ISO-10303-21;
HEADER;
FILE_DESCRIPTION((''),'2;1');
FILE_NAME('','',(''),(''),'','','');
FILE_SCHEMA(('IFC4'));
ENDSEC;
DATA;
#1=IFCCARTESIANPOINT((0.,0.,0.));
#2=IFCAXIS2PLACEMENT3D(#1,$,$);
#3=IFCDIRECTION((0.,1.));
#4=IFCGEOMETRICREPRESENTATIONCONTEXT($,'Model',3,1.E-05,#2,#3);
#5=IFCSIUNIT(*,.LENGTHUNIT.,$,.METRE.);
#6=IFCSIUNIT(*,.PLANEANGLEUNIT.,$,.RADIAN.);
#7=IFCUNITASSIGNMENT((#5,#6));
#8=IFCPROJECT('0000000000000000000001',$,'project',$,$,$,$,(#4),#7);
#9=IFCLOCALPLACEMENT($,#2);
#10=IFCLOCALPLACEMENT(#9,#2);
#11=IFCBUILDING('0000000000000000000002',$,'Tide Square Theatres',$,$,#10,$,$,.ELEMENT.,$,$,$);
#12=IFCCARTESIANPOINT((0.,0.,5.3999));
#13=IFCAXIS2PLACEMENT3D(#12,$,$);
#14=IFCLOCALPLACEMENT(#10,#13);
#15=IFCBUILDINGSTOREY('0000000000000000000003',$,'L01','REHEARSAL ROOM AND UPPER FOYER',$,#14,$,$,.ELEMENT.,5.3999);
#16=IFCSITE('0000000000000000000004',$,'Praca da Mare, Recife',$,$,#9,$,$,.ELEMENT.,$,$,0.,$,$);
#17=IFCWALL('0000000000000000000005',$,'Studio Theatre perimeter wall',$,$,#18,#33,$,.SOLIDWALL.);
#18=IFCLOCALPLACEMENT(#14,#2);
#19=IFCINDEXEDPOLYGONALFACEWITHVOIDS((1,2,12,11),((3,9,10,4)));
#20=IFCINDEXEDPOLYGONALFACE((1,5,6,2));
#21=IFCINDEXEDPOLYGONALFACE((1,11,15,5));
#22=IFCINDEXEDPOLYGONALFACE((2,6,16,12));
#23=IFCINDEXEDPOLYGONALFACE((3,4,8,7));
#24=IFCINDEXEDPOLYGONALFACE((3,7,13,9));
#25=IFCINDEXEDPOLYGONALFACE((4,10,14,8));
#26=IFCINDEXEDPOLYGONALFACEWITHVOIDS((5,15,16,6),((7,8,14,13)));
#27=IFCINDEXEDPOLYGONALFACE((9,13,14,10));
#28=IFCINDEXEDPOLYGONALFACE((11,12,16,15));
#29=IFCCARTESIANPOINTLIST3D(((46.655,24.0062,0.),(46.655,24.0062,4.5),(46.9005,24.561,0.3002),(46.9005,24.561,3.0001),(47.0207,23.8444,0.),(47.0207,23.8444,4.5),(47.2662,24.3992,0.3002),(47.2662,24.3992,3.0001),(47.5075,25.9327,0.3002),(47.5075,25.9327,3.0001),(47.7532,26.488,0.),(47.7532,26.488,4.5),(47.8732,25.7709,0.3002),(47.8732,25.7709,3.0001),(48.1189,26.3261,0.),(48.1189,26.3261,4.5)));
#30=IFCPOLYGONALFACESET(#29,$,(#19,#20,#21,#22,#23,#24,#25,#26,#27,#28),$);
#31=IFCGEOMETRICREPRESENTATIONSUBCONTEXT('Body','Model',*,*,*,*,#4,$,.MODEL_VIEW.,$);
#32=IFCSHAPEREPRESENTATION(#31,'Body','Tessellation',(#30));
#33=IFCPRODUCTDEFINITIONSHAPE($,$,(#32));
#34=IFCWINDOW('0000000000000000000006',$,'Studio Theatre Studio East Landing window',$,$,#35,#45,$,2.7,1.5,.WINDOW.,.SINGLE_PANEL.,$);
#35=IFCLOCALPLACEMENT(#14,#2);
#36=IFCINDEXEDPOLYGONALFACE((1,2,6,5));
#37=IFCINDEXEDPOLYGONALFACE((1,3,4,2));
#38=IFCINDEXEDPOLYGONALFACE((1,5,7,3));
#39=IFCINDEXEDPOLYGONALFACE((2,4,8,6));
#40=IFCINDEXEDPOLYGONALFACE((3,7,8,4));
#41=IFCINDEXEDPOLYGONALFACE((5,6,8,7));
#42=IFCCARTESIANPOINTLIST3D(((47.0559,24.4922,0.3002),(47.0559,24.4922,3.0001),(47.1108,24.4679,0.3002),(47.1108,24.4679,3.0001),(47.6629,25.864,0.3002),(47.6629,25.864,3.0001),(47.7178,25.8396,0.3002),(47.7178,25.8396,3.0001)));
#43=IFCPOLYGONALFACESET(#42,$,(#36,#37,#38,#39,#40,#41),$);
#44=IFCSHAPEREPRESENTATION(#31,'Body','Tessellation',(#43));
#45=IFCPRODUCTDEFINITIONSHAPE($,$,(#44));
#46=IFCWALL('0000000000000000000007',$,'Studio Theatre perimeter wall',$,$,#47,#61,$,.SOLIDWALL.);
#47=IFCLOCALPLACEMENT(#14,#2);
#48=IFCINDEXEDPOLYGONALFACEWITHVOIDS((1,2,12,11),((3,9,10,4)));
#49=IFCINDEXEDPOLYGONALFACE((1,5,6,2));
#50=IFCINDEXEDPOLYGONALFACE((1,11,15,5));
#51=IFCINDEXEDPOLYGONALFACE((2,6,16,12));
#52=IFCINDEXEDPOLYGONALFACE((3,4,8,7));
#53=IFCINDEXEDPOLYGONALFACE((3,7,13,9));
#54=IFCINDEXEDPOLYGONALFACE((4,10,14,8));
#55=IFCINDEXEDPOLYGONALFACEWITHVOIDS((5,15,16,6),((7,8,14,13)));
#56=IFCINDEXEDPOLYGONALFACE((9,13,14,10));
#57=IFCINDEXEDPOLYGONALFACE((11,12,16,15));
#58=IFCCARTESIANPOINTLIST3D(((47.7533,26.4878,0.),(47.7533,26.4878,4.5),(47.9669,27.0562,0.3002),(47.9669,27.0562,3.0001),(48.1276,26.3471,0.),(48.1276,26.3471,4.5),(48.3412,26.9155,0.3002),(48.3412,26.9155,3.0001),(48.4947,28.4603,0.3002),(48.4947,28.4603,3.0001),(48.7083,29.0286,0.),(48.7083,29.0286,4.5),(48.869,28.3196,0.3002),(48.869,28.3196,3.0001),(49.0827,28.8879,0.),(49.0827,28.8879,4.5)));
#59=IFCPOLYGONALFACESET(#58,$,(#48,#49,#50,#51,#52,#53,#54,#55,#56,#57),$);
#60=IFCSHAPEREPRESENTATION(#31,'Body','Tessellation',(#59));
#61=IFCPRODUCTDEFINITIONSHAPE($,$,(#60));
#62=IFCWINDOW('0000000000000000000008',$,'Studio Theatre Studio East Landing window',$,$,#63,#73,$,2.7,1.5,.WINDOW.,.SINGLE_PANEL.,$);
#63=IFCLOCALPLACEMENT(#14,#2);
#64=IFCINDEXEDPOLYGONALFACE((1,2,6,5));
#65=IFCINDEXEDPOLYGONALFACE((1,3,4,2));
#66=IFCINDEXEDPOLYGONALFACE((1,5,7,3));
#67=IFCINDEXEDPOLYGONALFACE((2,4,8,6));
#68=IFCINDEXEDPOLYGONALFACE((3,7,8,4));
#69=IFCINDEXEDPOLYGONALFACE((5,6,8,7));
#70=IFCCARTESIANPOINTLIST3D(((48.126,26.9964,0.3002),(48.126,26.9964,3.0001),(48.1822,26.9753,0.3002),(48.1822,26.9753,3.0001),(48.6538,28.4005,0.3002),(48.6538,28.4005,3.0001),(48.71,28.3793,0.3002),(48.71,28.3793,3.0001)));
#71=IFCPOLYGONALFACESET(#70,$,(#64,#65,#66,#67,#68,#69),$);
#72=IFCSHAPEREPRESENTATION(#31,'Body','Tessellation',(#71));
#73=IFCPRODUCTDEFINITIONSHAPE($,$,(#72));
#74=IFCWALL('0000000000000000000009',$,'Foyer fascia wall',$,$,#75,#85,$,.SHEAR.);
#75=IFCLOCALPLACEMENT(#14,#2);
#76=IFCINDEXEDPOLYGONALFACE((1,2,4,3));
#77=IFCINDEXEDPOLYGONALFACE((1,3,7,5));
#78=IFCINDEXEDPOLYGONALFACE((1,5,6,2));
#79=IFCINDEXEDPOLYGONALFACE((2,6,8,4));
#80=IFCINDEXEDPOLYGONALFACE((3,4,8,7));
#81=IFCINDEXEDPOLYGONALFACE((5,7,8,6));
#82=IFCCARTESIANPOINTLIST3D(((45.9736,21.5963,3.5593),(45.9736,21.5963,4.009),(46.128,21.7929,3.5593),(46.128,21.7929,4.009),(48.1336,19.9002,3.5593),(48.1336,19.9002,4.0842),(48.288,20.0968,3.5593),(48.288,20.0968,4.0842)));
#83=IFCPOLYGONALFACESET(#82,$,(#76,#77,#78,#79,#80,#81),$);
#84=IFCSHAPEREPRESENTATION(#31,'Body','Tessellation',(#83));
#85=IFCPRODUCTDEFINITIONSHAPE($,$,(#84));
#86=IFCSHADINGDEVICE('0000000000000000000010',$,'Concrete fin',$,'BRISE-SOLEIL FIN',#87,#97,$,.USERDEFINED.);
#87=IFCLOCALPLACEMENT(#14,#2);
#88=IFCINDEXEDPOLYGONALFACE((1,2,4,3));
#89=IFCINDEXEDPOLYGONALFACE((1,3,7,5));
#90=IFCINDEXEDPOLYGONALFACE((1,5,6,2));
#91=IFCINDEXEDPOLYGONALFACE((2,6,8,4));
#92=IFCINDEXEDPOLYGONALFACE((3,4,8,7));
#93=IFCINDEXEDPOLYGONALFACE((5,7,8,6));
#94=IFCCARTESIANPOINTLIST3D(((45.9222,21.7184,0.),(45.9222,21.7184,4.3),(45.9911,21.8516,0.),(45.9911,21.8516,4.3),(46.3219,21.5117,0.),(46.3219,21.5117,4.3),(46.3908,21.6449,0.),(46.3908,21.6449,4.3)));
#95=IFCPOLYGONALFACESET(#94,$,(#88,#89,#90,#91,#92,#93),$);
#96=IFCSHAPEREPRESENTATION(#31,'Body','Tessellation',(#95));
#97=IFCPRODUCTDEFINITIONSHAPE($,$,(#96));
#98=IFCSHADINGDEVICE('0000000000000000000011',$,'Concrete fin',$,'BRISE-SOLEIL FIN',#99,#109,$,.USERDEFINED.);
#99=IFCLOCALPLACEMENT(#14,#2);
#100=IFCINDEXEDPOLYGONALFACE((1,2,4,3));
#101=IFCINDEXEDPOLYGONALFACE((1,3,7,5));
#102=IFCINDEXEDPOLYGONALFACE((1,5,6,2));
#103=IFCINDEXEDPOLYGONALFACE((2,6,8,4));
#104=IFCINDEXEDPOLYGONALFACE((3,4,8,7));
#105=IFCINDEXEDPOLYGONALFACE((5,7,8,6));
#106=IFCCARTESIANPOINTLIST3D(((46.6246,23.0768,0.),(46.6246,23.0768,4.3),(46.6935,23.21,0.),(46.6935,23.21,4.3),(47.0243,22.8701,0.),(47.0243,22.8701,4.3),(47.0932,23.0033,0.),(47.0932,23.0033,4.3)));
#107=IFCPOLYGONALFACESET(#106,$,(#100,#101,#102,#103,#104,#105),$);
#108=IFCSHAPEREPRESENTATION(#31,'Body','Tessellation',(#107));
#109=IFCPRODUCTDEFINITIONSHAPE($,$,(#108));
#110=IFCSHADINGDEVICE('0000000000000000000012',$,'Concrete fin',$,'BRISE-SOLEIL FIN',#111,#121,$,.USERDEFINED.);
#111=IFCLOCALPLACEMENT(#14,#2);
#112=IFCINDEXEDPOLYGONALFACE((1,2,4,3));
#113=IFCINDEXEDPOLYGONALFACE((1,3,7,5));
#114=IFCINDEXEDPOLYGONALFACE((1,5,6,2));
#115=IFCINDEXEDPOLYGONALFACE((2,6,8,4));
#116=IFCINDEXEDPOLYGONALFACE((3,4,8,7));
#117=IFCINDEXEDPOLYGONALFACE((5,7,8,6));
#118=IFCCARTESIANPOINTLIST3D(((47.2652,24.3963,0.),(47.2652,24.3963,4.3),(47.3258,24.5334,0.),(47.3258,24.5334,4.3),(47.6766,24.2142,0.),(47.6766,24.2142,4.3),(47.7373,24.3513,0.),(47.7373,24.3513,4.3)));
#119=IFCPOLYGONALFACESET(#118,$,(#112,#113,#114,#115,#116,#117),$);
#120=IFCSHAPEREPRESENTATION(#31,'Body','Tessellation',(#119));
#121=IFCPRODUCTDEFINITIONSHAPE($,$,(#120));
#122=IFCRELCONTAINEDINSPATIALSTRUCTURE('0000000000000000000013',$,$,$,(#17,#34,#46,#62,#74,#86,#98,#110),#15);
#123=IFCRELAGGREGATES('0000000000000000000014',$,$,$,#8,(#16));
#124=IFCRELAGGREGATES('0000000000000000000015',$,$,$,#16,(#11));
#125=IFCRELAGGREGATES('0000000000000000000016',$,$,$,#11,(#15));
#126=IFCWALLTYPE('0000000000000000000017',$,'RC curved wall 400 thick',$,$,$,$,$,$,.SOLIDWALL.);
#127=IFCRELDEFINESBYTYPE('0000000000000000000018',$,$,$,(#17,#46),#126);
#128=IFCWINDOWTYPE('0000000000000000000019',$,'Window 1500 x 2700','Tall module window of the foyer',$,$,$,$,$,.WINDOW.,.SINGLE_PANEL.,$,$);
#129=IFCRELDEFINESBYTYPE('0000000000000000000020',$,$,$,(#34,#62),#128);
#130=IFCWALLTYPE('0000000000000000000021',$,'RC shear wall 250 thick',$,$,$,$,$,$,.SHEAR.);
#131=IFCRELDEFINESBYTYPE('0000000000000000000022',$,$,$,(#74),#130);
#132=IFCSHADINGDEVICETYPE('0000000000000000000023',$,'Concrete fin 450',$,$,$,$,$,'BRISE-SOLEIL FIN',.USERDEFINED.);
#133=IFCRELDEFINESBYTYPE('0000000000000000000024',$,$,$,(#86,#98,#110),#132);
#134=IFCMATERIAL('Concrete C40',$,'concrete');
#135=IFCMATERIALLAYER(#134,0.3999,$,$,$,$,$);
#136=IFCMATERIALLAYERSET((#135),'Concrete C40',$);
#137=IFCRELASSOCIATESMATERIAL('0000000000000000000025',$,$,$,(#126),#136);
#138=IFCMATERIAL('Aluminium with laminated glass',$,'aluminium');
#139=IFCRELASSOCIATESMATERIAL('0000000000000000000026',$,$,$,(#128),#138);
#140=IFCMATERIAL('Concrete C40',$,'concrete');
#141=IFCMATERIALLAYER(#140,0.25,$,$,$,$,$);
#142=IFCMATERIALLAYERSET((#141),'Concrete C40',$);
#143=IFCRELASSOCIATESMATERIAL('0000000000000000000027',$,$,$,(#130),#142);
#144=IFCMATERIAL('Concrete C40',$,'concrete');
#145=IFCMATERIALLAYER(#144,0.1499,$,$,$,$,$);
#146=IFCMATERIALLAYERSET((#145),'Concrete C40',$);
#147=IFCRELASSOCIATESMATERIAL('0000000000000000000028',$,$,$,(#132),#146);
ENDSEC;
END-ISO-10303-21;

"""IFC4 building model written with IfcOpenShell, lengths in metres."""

from ifc_helpers import new_model, si_unit, direction, frame, frame_2d, origin, origin_2d, place, context, subcontext, project, spatial, polyline, rectangle, outline, extrude, material, layer, layer_set, type_object, element, fill, save


model = new_model("IFC4")

# Units and contexts
model_context = context("Model", 3, precision=1e-05, world=origin(), true_north=direction((0.0, 1.0)))
body_context = subcontext(model_context, "Body", "Model", "MODEL_VIEW")
ifc_project = project(units=[si_unit("LENGTHUNIT", "METRE"), si_unit("PLANEANGLEUNIT", "RADIAN")], contexts=[model_context])

# Site, building, storey
site_placement = place(None, origin())
site = spatial("IfcSite", under=ifc_project, at=site_placement, Name="Praca da Mare, Recife", CompositionType="ELEMENT", RefElevation=0.0)
building_placement = place(site_placement, origin())
building = spatial("IfcBuilding", under=site, at=building_placement, Name="Tide Square Theatres", CompositionType="ELEMENT")
storey_placement = place(building_placement, frame((0.0, 0.0, 5.3999)))
storey = spatial("IfcBuildingStorey", under=building, at=storey_placement, Name="L01", Description="REHEARSAL ROOM AND UPPER FOYER", CompositionType="ELEMENT", Elevation=5.3999)

# Walls, openings, windows
ifc_material_1 = material(Name="Concrete C40", Category="concrete")
ifc_layer_1 = layer(ifc_material_1, 0.3999)
ifc_layer_set_1 = layer_set([ifc_layer_1], Name="Concrete C40")
wall_type_1 = type_object("IfcWallType", Name="RC curved wall 400 thick", PredefinedType="SOLIDWALL", material=ifc_layer_set_1)
wall_1_placement = place(storey_placement, frame((46.8379, 23.9253, 0.0), z_axis=(0.0, 0.0, 1.0), x_axis=(0.404652, 0.914471, 0.0)))
wall_1 = element("IfcWall", 1, at=wall_1_placement, inside=storey, type_object=wall_type_1, Name="Studio Theatre perimeter wall", PredefinedType="SOLIDWALL", context=body_context, shape_type="SweptSolid", body=[
    extrude(rectangle(XDim=2.7139, YDim=0.3999, at=frame_2d((1.3569, 0.0))), origin(), (0.0, 0.0, 1.0), 4.5),
])
opening_1_placement = place(wall_1_placement, frame((0.6067, 0.0, 0.3)))
opening_1 = element("IfcOpeningElement", 2, at=opening_1_placement, cuts=wall_1, PredefinedType="OPENING", context=body_context, shape_type="SweptSolid", body=[
    extrude(rectangle(XDim=1.5, YDim=2.7, at=frame_2d((0.75, 1.3501))), frame((0.0, 0.21, 0.0), z_axis=(0.0, -1.0, 0.0), x_axis=(1.0, 0.0, 0.0)), (0.0, 0.0, 1.0), 0.4199),
])
ifc_material_2 = material(Name="Aluminium with laminated glass", Category="aluminium")
window_type = type_object("IfcWindowType", Name="Window 1500 x 2700", Description="Tall module window of the foyer", PartitioningType="SINGLE_PANEL", PredefinedType="WINDOW", material=ifc_material_2)
window_1_placement = place(opening_1_placement, origin())
window_1 = element("IfcWindow", 3, at=window_1_placement, inside=storey, type_object=window_type, Name="Studio Theatre Studio East Landing window", OverallHeight=2.7, OverallWidth=1.5, PartitioningType="SINGLE_PANEL", PredefinedType="WINDOW", context=body_context, shape_type="SweptSolid", body=[
    extrude(rectangle(XDim=1.5, YDim=2.7, at=frame_2d((0.75, 1.3501))), frame((0.0, 0.03, 0.0), z_axis=(0.0, -1.0, 0.0), x_axis=(1.0, 0.0, 0.0)), (0.0, 0.0, 1.0), 0.0601),
])
fill(opening_1, window_1)
wall_2_placement = place(storey_placement, frame((47.9404, 26.4175, 0.0), z_axis=(0.0, 0.0, 1.0), x_axis=(0.351863, 0.936052, 0.0)))
wall_2 = element("IfcWall", 4, at=wall_2_placement, inside=storey, type_object=wall_type_1, Name="Studio Theatre perimeter wall", PredefinedType="SOLIDWALL", context=body_context, shape_type="SweptSolid", body=[
    extrude(rectangle(XDim=2.7144, YDim=0.3999, at=frame_2d((1.3572, 0.0))), origin(), (0.0, 0.0, 1.0), 4.5),
])
opening_2_placement = place(wall_2_placement, frame((0.6072, 0.0, 0.3)))
opening_2 = element("IfcOpeningElement", 5, at=opening_2_placement, cuts=wall_2, PredefinedType="OPENING", context=body_context, shape_type="SweptSolid", body=[
    extrude(rectangle(XDim=1.5, YDim=2.7, at=frame_2d((0.75, 1.3501))), frame((0.0, 0.21, 0.0), z_axis=(0.0, -1.0, 0.0), x_axis=(1.0, 0.0, 0.0)), (0.0, 0.0, 1.0), 0.4199),
])
window_2_placement = place(opening_2_placement, origin())
window_2 = element("IfcWindow", 6, at=window_2_placement, inside=storey, type_object=window_type, Name="Studio Theatre Studio East Landing window", OverallHeight=2.7, OverallWidth=1.5, PartitioningType="SINGLE_PANEL", PredefinedType="WINDOW", context=body_context, shape_type="SweptSolid", body=[
    extrude(rectangle(XDim=1.5, YDim=2.7, at=frame_2d((0.75, 1.3501))), frame((0.0, 0.03, 0.0), z_axis=(0.0, -1.0, 0.0), x_axis=(1.0, 0.0, 0.0)), (0.0, 0.0, 1.0), 0.0601),
])
fill(opening_2, window_2)

# Wall
ifc_material_3 = material(Name="Concrete C40", Category="concrete")
ifc_layer_2 = layer(ifc_material_3, 0.25)
ifc_layer_set_2 = layer_set([ifc_layer_2], Name="Concrete C40")
wall_type_2 = type_object("IfcWallType", Name="RC shear wall 250 thick", PredefinedType="SHEAR", material=ifc_layer_set_2)
wall_3_placement = place(storey_placement, frame((46.0508, 21.6946, 3.5593), z_axis=(0.0, 0.0, 1.0), x_axis=(0.7865, -0.61759, 0.0)))
element("IfcWall", 7, at=wall_3_placement, inside=storey, type_object=wall_type_2, Name="Foyer fascia wall", PredefinedType="SHEAR", context=body_context, shape_type="SweptSolid", body=[
    extrude(outline(polyline([(0.0, 0.0), (2.7463, 0.0), (2.7463, 0.5249), (0.0, 0.4497), (0.0, 0.0)])), frame((0.0, 0.125, 0.0), z_axis=(0.0, -1.0, 0.0), x_axis=(1.0, 0.0, 0.0)), (0.0, 0.0, 1.0), 0.25),
])

# Shading devices
ifc_material_4 = material(Name="Concrete C40", Category="concrete")
ifc_layer_3 = layer(ifc_material_4, 0.1499)
ifc_layer_set_3 = layer_set([ifc_layer_3], Name="Concrete C40")
shading_device_type = type_object("IfcShadingDeviceType", Name="Concrete fin 450", ElementType="BRISE-SOLEIL FIN", PredefinedType="USERDEFINED", material=ifc_layer_set_3)
for number, where, z_axis, x_axis, name in (
    (8, (46.1565, 21.6816, 0.0), (0.0, 0.0, 1.0), (0.459316, 0.888273, 0.0), "Concrete fin"),
    (9, (46.8589, 23.04, 0.0), (0.0, 0.0, 1.0), (0.459316, 0.888273, 0.0), "Concrete fin"),
    (10, (47.5012, 24.3738, 0.0), (0.0, 0.0, 1.0), (0.404631, 0.91448, 0.0), "Concrete fin"),
):
    element("IfcShadingDevice", number, at=place(storey_placement, frame(where, z_axis=z_axis, x_axis=x_axis)), inside=storey, type_object=shading_device_type, Name=name, ObjectType="BRISE-SOLEIL FIN", PredefinedType="USERDEFINED", context=body_context, shape_type="SweptSolid", body=[
        extrude(rectangle(XDim=0.1499, YDim=0.45, at=origin_2d()), origin(), (0.0, 0.0, 1.0), 4.3),
    ])

save(model, "model.ifc")
